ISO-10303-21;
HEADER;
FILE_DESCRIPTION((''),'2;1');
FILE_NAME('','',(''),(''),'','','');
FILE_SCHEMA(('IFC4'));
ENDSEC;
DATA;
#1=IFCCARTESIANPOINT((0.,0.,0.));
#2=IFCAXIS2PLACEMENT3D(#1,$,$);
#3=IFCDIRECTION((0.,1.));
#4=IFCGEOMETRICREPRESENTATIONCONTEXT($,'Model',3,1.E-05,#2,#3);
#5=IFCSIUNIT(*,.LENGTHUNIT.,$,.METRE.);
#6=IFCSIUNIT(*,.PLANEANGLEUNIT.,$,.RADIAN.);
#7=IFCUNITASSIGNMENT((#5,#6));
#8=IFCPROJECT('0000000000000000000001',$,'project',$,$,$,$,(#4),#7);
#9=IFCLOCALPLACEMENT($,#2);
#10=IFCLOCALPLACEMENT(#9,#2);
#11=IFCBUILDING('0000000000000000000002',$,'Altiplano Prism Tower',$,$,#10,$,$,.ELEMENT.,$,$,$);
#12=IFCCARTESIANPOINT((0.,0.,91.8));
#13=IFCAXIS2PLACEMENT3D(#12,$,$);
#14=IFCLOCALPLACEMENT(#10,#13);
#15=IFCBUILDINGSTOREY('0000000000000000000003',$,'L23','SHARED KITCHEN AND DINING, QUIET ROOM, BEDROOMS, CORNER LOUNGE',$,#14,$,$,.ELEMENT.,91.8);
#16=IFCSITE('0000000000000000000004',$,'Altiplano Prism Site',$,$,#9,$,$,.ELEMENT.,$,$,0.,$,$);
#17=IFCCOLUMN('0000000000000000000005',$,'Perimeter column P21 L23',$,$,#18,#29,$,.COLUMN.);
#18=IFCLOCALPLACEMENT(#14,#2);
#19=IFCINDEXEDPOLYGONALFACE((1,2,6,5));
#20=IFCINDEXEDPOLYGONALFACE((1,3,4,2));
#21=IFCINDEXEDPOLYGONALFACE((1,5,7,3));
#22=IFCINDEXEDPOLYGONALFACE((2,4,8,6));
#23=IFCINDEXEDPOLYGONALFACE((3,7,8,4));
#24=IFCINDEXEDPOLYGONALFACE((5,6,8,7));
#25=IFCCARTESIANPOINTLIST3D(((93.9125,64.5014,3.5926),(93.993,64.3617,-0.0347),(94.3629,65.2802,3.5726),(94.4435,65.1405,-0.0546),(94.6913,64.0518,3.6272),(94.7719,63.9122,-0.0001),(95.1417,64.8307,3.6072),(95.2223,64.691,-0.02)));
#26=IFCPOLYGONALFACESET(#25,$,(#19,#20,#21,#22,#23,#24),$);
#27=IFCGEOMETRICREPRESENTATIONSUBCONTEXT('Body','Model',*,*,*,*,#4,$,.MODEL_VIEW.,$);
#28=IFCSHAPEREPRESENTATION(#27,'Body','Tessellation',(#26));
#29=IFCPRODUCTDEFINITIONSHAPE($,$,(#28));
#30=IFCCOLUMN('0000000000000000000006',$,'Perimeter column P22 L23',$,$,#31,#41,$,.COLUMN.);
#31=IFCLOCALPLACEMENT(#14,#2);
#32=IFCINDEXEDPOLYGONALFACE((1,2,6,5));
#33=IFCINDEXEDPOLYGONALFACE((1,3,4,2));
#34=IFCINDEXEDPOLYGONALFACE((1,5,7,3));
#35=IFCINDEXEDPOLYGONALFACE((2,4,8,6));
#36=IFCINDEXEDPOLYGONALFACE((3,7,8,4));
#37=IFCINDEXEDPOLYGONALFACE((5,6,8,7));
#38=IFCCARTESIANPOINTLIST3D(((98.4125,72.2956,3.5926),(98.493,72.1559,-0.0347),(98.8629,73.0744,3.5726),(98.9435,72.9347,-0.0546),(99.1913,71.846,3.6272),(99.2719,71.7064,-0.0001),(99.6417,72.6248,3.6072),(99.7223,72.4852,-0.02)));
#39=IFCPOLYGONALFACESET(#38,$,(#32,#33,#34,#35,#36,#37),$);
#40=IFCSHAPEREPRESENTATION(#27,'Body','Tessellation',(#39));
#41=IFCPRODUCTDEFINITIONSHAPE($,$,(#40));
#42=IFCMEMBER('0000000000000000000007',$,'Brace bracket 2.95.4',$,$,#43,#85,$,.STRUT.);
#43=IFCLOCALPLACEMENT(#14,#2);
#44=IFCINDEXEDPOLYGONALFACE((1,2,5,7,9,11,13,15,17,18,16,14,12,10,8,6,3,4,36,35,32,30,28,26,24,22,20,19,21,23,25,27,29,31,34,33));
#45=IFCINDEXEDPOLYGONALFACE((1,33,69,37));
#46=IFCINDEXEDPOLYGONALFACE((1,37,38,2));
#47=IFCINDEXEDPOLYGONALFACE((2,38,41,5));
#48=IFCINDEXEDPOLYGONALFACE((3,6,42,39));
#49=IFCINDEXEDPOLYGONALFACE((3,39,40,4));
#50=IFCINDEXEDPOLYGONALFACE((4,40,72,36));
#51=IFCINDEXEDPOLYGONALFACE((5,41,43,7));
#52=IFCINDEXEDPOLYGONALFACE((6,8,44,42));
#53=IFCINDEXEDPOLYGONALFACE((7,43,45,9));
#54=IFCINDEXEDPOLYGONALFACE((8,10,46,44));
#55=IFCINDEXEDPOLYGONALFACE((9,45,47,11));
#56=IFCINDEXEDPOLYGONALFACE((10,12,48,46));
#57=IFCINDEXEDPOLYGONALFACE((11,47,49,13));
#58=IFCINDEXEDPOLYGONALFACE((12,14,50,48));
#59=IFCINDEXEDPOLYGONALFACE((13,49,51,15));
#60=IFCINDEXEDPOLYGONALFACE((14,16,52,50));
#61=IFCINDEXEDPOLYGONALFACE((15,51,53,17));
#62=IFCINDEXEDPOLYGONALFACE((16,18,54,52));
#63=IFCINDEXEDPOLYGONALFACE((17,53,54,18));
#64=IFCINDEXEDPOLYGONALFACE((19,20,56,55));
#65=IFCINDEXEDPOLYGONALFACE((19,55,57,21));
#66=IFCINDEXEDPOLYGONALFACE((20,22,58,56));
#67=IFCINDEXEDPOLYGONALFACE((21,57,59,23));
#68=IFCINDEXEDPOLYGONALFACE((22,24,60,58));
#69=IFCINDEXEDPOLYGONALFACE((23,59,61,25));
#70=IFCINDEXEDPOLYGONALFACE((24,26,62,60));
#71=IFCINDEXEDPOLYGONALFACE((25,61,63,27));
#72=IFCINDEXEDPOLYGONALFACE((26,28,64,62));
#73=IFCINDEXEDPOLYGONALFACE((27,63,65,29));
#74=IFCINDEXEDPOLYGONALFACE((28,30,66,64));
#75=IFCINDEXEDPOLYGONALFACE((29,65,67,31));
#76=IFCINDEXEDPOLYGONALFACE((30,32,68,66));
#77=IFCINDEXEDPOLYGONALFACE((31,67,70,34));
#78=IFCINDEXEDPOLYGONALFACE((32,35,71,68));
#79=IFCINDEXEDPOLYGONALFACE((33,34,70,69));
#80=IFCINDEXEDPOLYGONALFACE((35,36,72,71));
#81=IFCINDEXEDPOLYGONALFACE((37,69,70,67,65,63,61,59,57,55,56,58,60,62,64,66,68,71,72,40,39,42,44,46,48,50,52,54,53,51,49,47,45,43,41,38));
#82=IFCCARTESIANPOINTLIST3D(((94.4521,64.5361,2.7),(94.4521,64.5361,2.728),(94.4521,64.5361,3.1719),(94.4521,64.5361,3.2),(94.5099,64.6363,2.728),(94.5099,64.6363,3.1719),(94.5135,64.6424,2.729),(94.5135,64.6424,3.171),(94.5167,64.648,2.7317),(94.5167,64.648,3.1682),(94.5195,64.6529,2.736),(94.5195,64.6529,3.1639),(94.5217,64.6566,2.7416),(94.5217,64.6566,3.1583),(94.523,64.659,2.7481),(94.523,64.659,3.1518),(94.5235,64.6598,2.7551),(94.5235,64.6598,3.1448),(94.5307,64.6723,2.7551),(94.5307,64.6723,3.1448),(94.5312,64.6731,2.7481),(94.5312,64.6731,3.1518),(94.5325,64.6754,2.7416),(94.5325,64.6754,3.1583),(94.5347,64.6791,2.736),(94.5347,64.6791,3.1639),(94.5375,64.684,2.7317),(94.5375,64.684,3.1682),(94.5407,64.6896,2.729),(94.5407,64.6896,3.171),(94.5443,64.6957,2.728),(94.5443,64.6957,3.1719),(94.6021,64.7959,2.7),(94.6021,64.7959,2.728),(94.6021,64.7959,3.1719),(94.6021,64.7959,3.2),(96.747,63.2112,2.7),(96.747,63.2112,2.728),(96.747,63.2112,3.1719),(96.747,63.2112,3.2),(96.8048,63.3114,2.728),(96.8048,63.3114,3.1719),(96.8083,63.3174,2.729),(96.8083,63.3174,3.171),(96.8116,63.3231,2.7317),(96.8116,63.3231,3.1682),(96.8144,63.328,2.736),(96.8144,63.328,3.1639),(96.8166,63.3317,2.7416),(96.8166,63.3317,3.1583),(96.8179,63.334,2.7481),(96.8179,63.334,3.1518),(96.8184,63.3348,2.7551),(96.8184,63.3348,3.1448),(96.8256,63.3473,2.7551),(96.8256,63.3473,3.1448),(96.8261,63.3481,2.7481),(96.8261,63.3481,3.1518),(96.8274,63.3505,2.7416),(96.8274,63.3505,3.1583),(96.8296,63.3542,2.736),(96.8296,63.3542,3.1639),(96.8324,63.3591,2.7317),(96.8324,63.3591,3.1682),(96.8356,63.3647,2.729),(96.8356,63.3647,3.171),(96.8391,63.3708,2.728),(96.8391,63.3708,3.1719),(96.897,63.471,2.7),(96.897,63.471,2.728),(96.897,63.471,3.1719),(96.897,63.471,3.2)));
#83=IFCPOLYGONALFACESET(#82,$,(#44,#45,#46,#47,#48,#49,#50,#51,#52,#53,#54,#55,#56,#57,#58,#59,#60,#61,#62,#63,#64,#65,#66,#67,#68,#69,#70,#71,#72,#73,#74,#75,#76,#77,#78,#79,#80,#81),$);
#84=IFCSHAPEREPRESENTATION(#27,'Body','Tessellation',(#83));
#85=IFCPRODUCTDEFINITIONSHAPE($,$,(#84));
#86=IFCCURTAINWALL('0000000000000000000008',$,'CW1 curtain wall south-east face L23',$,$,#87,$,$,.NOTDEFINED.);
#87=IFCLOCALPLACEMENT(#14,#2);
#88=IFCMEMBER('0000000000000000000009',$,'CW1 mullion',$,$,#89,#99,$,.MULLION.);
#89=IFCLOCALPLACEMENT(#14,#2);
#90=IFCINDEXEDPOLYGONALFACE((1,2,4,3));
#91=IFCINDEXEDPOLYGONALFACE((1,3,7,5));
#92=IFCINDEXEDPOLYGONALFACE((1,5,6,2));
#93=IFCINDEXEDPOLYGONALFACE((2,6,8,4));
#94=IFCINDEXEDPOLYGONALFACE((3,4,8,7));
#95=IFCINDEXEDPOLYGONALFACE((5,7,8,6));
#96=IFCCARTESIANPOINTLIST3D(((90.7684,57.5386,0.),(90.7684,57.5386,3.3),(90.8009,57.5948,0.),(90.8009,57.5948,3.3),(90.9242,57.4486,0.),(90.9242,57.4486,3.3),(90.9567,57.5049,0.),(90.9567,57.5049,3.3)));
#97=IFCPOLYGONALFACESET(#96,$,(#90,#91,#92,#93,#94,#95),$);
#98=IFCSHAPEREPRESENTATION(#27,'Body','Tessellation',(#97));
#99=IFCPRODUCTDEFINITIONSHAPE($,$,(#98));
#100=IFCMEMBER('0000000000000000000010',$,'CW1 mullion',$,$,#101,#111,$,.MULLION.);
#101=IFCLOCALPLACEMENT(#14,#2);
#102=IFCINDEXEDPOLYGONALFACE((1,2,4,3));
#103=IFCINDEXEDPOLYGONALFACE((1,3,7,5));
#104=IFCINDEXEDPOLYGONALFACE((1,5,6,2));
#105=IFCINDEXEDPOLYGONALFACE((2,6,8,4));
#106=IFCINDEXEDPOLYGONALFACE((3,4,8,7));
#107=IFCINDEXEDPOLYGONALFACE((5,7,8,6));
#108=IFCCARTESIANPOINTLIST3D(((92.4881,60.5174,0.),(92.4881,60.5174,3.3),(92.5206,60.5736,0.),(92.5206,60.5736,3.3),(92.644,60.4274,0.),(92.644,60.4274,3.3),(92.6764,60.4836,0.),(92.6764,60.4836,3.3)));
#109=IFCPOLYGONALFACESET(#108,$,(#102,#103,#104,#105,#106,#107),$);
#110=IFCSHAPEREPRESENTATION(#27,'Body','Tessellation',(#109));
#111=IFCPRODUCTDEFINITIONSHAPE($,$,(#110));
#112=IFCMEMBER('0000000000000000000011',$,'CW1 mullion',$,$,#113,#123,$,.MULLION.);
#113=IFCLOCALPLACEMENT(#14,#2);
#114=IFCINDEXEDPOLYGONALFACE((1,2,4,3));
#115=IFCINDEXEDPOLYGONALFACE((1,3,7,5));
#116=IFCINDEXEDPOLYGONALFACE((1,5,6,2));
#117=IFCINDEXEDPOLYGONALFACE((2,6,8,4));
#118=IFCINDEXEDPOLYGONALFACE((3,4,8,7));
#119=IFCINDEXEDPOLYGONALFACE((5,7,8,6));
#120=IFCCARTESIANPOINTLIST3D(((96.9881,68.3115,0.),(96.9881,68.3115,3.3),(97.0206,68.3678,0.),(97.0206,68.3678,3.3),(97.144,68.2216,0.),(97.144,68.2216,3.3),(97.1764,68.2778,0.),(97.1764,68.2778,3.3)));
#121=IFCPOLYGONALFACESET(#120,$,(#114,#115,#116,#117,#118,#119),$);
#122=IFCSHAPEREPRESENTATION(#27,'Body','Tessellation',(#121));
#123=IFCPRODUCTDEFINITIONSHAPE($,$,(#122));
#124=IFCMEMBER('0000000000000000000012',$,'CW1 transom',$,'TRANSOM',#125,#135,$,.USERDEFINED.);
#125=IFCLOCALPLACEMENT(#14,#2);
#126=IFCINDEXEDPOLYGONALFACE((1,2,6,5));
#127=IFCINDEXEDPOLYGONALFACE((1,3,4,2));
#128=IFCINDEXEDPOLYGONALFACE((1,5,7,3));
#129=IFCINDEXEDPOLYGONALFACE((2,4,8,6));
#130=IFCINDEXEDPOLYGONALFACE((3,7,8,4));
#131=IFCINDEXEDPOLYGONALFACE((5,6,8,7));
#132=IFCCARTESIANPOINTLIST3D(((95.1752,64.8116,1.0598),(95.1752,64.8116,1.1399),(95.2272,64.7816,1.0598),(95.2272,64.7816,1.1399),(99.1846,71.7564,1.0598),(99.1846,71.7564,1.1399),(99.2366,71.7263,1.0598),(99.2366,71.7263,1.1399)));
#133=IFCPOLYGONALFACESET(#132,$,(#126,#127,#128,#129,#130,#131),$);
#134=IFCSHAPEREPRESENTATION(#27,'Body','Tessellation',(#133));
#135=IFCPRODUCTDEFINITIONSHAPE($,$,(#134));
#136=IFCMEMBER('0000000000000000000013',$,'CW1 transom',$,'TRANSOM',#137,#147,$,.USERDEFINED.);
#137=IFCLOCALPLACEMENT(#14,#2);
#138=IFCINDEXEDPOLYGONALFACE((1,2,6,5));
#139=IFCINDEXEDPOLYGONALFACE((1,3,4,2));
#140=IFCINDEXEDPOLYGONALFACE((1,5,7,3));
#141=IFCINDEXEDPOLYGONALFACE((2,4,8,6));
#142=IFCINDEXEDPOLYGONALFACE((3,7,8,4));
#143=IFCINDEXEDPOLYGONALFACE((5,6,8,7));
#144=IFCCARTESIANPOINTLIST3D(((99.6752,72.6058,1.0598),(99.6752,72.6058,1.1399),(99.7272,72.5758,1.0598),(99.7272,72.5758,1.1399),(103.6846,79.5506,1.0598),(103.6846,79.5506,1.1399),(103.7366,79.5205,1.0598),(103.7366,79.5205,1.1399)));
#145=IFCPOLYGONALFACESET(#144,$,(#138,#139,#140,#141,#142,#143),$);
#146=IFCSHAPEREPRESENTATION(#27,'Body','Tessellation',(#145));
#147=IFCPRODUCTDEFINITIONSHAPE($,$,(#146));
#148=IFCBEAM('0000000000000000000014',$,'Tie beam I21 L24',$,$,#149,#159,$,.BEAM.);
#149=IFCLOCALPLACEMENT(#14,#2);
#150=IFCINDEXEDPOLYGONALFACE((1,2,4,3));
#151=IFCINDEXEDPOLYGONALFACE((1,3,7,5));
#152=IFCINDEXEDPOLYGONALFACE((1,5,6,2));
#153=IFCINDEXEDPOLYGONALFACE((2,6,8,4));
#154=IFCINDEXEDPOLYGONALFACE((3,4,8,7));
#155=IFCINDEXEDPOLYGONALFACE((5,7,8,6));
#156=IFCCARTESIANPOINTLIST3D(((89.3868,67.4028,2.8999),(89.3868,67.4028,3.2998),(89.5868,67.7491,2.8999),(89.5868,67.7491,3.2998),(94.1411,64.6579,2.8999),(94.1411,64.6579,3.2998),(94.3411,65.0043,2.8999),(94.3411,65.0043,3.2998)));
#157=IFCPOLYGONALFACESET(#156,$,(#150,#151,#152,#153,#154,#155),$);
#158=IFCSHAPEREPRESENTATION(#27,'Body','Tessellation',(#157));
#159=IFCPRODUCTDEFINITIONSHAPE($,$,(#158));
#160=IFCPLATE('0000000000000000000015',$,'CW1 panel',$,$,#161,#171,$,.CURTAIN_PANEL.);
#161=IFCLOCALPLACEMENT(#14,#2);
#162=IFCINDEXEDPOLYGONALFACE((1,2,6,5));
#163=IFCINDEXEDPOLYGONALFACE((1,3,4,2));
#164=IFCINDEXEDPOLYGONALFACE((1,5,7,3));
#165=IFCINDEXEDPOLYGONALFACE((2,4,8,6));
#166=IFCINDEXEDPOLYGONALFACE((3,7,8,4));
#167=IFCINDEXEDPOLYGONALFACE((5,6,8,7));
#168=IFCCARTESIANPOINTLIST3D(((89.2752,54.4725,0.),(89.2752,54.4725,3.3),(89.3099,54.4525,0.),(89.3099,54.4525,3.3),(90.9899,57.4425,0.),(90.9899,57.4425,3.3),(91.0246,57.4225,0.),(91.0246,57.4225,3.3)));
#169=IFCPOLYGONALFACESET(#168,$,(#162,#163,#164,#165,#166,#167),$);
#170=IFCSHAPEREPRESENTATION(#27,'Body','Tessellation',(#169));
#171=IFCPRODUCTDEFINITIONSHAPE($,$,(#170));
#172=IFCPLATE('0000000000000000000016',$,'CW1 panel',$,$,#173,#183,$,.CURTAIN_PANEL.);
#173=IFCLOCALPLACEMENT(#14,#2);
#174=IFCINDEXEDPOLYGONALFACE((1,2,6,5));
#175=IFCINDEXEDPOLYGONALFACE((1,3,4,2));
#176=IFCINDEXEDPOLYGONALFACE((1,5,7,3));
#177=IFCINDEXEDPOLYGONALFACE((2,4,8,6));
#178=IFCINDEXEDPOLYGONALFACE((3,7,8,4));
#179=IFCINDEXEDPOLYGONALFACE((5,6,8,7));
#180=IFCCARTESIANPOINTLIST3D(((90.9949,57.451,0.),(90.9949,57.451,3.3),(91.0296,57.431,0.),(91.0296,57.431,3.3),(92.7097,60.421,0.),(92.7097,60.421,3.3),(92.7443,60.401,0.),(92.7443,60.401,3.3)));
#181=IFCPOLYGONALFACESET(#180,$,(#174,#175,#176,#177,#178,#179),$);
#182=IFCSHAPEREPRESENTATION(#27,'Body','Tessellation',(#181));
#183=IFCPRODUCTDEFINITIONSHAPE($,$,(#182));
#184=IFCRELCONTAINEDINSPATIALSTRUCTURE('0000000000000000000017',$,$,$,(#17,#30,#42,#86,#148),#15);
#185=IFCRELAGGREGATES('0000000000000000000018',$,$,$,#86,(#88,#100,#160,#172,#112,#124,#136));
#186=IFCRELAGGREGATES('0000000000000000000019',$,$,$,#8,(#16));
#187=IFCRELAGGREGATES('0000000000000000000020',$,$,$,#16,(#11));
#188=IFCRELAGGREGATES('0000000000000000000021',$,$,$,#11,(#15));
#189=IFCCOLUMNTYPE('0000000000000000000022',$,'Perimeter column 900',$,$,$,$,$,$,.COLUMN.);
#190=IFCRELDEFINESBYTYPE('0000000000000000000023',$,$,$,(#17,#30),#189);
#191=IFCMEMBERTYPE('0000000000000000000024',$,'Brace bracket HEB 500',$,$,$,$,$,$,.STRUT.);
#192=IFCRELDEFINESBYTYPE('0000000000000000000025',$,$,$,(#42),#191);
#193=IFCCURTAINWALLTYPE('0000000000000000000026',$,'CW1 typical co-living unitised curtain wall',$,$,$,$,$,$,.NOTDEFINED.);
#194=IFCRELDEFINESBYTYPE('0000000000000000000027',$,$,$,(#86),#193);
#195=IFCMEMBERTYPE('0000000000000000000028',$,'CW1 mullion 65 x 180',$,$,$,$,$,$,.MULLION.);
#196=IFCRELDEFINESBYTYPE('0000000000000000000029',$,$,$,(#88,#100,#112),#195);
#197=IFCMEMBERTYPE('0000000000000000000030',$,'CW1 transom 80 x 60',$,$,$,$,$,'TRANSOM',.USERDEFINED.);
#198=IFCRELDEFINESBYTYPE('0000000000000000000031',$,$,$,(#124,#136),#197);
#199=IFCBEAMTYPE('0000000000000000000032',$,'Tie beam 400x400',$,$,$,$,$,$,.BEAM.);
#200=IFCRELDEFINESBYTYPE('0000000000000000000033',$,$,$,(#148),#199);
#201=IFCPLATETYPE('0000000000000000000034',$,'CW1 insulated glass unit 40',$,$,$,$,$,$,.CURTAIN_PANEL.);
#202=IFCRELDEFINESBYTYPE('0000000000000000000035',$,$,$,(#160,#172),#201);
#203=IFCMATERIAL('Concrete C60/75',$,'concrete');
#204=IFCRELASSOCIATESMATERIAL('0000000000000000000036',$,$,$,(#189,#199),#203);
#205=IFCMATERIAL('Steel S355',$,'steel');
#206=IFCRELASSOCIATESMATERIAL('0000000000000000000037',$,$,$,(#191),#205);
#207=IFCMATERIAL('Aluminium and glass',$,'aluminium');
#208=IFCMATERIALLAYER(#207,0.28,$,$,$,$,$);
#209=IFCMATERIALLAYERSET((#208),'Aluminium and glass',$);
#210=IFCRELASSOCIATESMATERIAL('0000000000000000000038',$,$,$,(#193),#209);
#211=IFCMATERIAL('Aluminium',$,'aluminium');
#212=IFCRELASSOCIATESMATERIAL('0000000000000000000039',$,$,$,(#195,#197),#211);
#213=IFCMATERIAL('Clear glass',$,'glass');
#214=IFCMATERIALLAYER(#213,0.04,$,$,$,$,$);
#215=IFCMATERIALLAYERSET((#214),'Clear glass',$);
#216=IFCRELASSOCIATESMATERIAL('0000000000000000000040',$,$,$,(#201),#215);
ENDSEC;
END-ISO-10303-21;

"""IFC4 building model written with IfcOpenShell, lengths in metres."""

from ifc_helpers import new_model, si_unit, direction, frame, origin, origin_2d, place, context, subcontext, project, spatial, rectangle, i_section, extrude, material, layer, layer_set, material_profile, profile_set, type_object, element, aggregate, save


model = new_model("IFC4")

# Units and contexts
model_context = context("Model", 3, precision=1e-05, world=origin(), true_north=direction((0.0, 1.0)))
body_context = subcontext(model_context, "Body", "Model", "MODEL_VIEW")
ifc_project = project(units=[si_unit("LENGTHUNIT", "METRE"), si_unit("PLANEANGLEUNIT", "RADIAN")], contexts=[model_context])

# Site, building, storey
site_placement = place(None, origin())
site = spatial("IfcSite", under=ifc_project, at=site_placement, Name="Altiplano Prism Site", CompositionType="ELEMENT", RefElevation=0.0)
building_placement = place(site_placement, origin())
building = spatial("IfcBuilding", under=site, at=building_placement, Name="Altiplano Prism Tower", CompositionType="ELEMENT")
storey_placement = place(building_placement, frame((0.0, 0.0, 91.8)))
storey = spatial("IfcBuildingStorey", under=building, at=storey_placement, Name="L23", Description="SHARED KITCHEN AND DINING, QUIET ROOM, BEDROOMS, CORNER LOUNGE", CompositionType="ELEMENT", Elevation=91.8)

# Columns
ifc_material_1 = material(Name="Concrete C60/75", Category="concrete")
ifc_material_profile_1 = material_profile(ifc_material_1, rectangle(XDim=0.8999, YDim=0.8999, at=origin_2d()), Name="Perimeter column 900")
ifc_profile_set_1 = profile_set([ifc_material_profile_1], Name="Concrete C60/75")
column_type = type_object("IfcColumnType", Name="Perimeter column 900", PredefinedType="COLUMN", material=ifc_profile_set_1)
for number, where, z_axis, x_axis, name in (
    (1, (94.6077, 64.5264, -0.0273), (-0.02219, 0.038462, 0.999014), (-0.500526, -0.865437, 0.022202), "Perimeter column P21 L23"),
    (2, (99.1077, 72.3206, -0.0273), (-0.02219, 0.038462, 0.999014), (-0.500523, -0.865438, 0.022202), "Perimeter column P22 L23"),
):
    element("IfcColumn", number, at=place(storey_placement, frame(where, z_axis=z_axis, x_axis=x_axis)), inside=storey, type_object=column_type, Name=name, PredefinedType="COLUMN", context=body_context, shape_type="SweptSolid", body=[
        extrude(rectangle(XDim=0.8999, YDim=0.8999, at=origin_2d()), origin(), (0.0, 0.0, 1.0), 3.6309),
    ])

# Member
ifc_material_2 = material(Name="Steel S355", Category="steel")
ifc_material_profile_2 = material_profile(ifc_material_2, i_section(OverallWidth=0.3, OverallDepth=0.5, WebThickness=0.0144, FlangeThickness=0.0281, FilletRadius=0.0271, at=origin_2d()), Name="Brace bracket HEB 500")
ifc_profile_set_2 = profile_set([ifc_material_profile_2], Name="Steel S355")
member_type_1 = type_object("IfcMemberType", Name="Brace bracket HEB 500", PredefinedType="STRUT", material=ifc_profile_set_2)
member_1_placement = place(storey_placement, frame((94.5271, 64.666, 2.95), z_axis=(0.866029, -0.499994, 0.0), x_axis=(0.499994, 0.866029, 0.0)))
element("IfcMember", 3, at=member_1_placement, inside=storey, type_object=member_type_1, Name="Brace bracket 2.95.4", PredefinedType="STRUT", context=body_context, shape_type="SweptSolid", body=[
    extrude(i_section(OverallWidth=0.3, OverallDepth=0.5, WebThickness=0.0144, FlangeThickness=0.0281, FilletRadius=0.0271, at=origin_2d()), origin(), (0.0, 0.0, 1.0), 2.6499),
])

# Curtain wall, members
ifc_material_3 = material(Name="Aluminium and glass", Category="aluminium")
ifc_layer_1 = layer(ifc_material_3, 0.28)
ifc_layer_set_1 = layer_set([ifc_layer_1], Name="Aluminium and glass")
curtain_wall_type = type_object("IfcCurtainWallType", Name="CW1 typical co-living unitised curtain wall", PredefinedType="NOTDEFINED", material=ifc_layer_set_1)
curtain_wall_placement = place(storey_placement, origin())
curtain_wall = element("IfcCurtainWall", 4, at=curtain_wall_placement, inside=storey, type_object=curtain_wall_type, Name="CW1 curtain wall south-east face L23", PredefinedType="NOTDEFINED")
ifc_material_4 = material(Name="Aluminium", Category="aluminium")
ifc_material_profile_3 = material_profile(ifc_material_4, rectangle(XDim=0.1799, YDim=0.0649, at=origin_2d()), Name="CW1 mullion 65 x 180")
ifc_profile_set_3 = profile_set([ifc_material_profile_3], Name="Aluminium")
member_type_2 = type_object("IfcMemberType", Name="CW1 mullion 65 x 180", PredefinedType="MULLION", material=ifc_profile_set_3)
member_2_placement = place(storey_placement, frame((90.8625, 57.5217, 0.0), z_axis=(0.0, 0.0, 1.0), x_axis=(-0.866025, 0.5, 0.0)))
member_2 = element("IfcMember", 5, at=member_2_placement, type_object=member_type_2, Name="CW1 mullion", PredefinedType="MULLION", context=body_context, shape_type="SweptSolid", body=[
    extrude(rectangle(XDim=0.1799, YDim=0.0649, at=origin_2d()), origin(), (0.0, 0.0, 1.0), 3.3),
])
member_3_placement = place(storey_placement, frame((92.5823, 60.5005, 0.0), z_axis=(0.0, 0.0, 1.0), x_axis=(-0.866025, 0.5, 0.0)))
member_3 = element("IfcMember", 6, at=member_3_placement, type_object=member_type_2, Name="CW1 mullion", PredefinedType="MULLION", context=body_context, shape_type="SweptSolid", body=[
    extrude(rectangle(XDim=0.1799, YDim=0.0649, at=origin_2d()), origin(), (0.0, 0.0, 1.0), 3.3),
])
member_4_placement = place(storey_placement, frame((97.0823, 68.2947, 0.0), z_axis=(0.0, 0.0, 1.0), x_axis=(-0.866025, 0.5, 0.0)))
member_4 = element("IfcMember", 7, at=member_4_placement, type_object=member_type_2, Name="CW1 mullion", PredefinedType="MULLION", context=body_context, shape_type="SweptSolid", body=[
    extrude(rectangle(XDim=0.1799, YDim=0.0649, at=origin_2d()), origin(), (0.0, 0.0, 1.0), 3.3),
])
ifc_material_profile_4 = material_profile(ifc_material_4, rectangle(XDim=0.0601, YDim=0.0801, at=origin_2d()), Name="CW1 transom 80 x 60")
ifc_profile_set_4 = profile_set([ifc_material_profile_4], Name="Aluminium")
member_type_3 = type_object("IfcMemberType", Name="CW1 transom 80 x 60", ElementType="TRANSOM", PredefinedType="USERDEFINED", material=ifc_profile_set_4)
member_5_placement = place(storey_placement, frame((95.2012, 64.7966, 1.0999), z_axis=(0.499993, 0.866029, 0.0), x_axis=(-0.866029, 0.499993, 0.0)))
member_5 = element("IfcMember", 8, at=member_5_placement, type_object=member_type_3, Name="CW1 transom", ObjectType="TRANSOM", PredefinedType="USERDEFINED", context=body_context, shape_type="SweptSolid", body=[
    extrude(rectangle(XDim=0.0601, YDim=0.0801, at=origin_2d()), origin(), (0.0, 0.0, 1.0), 8.019),
])
member_6_placement = place(storey_placement, frame((99.7012, 72.5908, 1.0999), z_axis=(0.499993, 0.866029, 0.0), x_axis=(-0.866029, 0.499993, 0.0)))
member_6 = element("IfcMember", 9, at=member_6_placement, type_object=member_type_3, Name="CW1 transom", ObjectType="TRANSOM", PredefinedType="USERDEFINED", context=body_context, shape_type="SweptSolid", body=[
    extrude(rectangle(XDim=0.0601, YDim=0.0801, at=origin_2d()), origin(), (0.0, 0.0, 1.0), 8.019),
])

# Beam
ifc_material_profile_5 = material_profile(ifc_material_1, rectangle(XDim=0.3999, YDim=0.3999, at=origin_2d()), Name="Tie beam 400x400")
ifc_profile_set_5 = profile_set([ifc_material_profile_5], Name="Concrete C60/75")
beam_type = type_object("IfcBeamType", Name="Tie beam 400x400", PredefinedType="BEAM", material=ifc_profile_set_5)
beam_placement = place(storey_placement, frame((89.4868, 67.5759, 3.0999), z_axis=(0.866032, -0.499989, 0.0), x_axis=(0.499989, 0.866032, 0.0)))
element("IfcBeam", 10, at=beam_placement, inside=storey, type_object=beam_type, Name="Tie beam I21 L24", PredefinedType="BEAM", context=body_context, shape_type="SweptSolid", body=[
    extrude(rectangle(XDim=0.3999, YDim=0.3999, at=origin_2d()), origin(), (0.0, 0.0, 1.0), 5.4897),
])

# Plates
ifc_material_5 = material(Name="Clear glass", Category="glass")
ifc_layer_2 = layer(ifc_material_5, 0.04)
ifc_layer_set_2 = layer_set([ifc_layer_2], Name="Clear glass")
plate_type = type_object("IfcPlateType", Name="CW1 insulated glass unit 40", PredefinedType="CURTAIN_PANEL", material=ifc_layer_set_2)
plate_1_placement = place(storey_placement, frame((90.1499, 55.9475, 0.0), z_axis=(0.0, 0.0, 1.0), x_axis=(0.5, 0.866025, 0.0)))
plate_1 = element("IfcPlate", 11, at=plate_1_placement, type_object=plate_type, Name="CW1 panel", PredefinedType="CURTAIN_PANEL", context=body_context, shape_type="SweptSolid", body=[
    extrude(rectangle(XDim=3.4294, YDim=0.04, at=origin_2d()), origin(), (0.0, 0.0, 1.0), 3.3),
])
plate_2_placement = place(storey_placement, frame((91.8696, 58.926, 0.0), z_axis=(0.0, 0.0, 1.0), x_axis=(0.5, 0.866025, 0.0)))
plate_2 = element("IfcPlate", 12, at=plate_2_placement, type_object=plate_type, Name="CW1 panel", PredefinedType="CURTAIN_PANEL", context=body_context, shape_type="SweptSolid", body=[
    extrude(rectangle(XDim=3.4294, YDim=0.04, at=origin_2d()), origin(), (0.0, 0.0, 1.0), 3.3),
])
aggregate(curtain_wall, [member_2, member_3, plate_1, plate_2, member_4, member_5, member_6])

save(model, "model.ifc")
